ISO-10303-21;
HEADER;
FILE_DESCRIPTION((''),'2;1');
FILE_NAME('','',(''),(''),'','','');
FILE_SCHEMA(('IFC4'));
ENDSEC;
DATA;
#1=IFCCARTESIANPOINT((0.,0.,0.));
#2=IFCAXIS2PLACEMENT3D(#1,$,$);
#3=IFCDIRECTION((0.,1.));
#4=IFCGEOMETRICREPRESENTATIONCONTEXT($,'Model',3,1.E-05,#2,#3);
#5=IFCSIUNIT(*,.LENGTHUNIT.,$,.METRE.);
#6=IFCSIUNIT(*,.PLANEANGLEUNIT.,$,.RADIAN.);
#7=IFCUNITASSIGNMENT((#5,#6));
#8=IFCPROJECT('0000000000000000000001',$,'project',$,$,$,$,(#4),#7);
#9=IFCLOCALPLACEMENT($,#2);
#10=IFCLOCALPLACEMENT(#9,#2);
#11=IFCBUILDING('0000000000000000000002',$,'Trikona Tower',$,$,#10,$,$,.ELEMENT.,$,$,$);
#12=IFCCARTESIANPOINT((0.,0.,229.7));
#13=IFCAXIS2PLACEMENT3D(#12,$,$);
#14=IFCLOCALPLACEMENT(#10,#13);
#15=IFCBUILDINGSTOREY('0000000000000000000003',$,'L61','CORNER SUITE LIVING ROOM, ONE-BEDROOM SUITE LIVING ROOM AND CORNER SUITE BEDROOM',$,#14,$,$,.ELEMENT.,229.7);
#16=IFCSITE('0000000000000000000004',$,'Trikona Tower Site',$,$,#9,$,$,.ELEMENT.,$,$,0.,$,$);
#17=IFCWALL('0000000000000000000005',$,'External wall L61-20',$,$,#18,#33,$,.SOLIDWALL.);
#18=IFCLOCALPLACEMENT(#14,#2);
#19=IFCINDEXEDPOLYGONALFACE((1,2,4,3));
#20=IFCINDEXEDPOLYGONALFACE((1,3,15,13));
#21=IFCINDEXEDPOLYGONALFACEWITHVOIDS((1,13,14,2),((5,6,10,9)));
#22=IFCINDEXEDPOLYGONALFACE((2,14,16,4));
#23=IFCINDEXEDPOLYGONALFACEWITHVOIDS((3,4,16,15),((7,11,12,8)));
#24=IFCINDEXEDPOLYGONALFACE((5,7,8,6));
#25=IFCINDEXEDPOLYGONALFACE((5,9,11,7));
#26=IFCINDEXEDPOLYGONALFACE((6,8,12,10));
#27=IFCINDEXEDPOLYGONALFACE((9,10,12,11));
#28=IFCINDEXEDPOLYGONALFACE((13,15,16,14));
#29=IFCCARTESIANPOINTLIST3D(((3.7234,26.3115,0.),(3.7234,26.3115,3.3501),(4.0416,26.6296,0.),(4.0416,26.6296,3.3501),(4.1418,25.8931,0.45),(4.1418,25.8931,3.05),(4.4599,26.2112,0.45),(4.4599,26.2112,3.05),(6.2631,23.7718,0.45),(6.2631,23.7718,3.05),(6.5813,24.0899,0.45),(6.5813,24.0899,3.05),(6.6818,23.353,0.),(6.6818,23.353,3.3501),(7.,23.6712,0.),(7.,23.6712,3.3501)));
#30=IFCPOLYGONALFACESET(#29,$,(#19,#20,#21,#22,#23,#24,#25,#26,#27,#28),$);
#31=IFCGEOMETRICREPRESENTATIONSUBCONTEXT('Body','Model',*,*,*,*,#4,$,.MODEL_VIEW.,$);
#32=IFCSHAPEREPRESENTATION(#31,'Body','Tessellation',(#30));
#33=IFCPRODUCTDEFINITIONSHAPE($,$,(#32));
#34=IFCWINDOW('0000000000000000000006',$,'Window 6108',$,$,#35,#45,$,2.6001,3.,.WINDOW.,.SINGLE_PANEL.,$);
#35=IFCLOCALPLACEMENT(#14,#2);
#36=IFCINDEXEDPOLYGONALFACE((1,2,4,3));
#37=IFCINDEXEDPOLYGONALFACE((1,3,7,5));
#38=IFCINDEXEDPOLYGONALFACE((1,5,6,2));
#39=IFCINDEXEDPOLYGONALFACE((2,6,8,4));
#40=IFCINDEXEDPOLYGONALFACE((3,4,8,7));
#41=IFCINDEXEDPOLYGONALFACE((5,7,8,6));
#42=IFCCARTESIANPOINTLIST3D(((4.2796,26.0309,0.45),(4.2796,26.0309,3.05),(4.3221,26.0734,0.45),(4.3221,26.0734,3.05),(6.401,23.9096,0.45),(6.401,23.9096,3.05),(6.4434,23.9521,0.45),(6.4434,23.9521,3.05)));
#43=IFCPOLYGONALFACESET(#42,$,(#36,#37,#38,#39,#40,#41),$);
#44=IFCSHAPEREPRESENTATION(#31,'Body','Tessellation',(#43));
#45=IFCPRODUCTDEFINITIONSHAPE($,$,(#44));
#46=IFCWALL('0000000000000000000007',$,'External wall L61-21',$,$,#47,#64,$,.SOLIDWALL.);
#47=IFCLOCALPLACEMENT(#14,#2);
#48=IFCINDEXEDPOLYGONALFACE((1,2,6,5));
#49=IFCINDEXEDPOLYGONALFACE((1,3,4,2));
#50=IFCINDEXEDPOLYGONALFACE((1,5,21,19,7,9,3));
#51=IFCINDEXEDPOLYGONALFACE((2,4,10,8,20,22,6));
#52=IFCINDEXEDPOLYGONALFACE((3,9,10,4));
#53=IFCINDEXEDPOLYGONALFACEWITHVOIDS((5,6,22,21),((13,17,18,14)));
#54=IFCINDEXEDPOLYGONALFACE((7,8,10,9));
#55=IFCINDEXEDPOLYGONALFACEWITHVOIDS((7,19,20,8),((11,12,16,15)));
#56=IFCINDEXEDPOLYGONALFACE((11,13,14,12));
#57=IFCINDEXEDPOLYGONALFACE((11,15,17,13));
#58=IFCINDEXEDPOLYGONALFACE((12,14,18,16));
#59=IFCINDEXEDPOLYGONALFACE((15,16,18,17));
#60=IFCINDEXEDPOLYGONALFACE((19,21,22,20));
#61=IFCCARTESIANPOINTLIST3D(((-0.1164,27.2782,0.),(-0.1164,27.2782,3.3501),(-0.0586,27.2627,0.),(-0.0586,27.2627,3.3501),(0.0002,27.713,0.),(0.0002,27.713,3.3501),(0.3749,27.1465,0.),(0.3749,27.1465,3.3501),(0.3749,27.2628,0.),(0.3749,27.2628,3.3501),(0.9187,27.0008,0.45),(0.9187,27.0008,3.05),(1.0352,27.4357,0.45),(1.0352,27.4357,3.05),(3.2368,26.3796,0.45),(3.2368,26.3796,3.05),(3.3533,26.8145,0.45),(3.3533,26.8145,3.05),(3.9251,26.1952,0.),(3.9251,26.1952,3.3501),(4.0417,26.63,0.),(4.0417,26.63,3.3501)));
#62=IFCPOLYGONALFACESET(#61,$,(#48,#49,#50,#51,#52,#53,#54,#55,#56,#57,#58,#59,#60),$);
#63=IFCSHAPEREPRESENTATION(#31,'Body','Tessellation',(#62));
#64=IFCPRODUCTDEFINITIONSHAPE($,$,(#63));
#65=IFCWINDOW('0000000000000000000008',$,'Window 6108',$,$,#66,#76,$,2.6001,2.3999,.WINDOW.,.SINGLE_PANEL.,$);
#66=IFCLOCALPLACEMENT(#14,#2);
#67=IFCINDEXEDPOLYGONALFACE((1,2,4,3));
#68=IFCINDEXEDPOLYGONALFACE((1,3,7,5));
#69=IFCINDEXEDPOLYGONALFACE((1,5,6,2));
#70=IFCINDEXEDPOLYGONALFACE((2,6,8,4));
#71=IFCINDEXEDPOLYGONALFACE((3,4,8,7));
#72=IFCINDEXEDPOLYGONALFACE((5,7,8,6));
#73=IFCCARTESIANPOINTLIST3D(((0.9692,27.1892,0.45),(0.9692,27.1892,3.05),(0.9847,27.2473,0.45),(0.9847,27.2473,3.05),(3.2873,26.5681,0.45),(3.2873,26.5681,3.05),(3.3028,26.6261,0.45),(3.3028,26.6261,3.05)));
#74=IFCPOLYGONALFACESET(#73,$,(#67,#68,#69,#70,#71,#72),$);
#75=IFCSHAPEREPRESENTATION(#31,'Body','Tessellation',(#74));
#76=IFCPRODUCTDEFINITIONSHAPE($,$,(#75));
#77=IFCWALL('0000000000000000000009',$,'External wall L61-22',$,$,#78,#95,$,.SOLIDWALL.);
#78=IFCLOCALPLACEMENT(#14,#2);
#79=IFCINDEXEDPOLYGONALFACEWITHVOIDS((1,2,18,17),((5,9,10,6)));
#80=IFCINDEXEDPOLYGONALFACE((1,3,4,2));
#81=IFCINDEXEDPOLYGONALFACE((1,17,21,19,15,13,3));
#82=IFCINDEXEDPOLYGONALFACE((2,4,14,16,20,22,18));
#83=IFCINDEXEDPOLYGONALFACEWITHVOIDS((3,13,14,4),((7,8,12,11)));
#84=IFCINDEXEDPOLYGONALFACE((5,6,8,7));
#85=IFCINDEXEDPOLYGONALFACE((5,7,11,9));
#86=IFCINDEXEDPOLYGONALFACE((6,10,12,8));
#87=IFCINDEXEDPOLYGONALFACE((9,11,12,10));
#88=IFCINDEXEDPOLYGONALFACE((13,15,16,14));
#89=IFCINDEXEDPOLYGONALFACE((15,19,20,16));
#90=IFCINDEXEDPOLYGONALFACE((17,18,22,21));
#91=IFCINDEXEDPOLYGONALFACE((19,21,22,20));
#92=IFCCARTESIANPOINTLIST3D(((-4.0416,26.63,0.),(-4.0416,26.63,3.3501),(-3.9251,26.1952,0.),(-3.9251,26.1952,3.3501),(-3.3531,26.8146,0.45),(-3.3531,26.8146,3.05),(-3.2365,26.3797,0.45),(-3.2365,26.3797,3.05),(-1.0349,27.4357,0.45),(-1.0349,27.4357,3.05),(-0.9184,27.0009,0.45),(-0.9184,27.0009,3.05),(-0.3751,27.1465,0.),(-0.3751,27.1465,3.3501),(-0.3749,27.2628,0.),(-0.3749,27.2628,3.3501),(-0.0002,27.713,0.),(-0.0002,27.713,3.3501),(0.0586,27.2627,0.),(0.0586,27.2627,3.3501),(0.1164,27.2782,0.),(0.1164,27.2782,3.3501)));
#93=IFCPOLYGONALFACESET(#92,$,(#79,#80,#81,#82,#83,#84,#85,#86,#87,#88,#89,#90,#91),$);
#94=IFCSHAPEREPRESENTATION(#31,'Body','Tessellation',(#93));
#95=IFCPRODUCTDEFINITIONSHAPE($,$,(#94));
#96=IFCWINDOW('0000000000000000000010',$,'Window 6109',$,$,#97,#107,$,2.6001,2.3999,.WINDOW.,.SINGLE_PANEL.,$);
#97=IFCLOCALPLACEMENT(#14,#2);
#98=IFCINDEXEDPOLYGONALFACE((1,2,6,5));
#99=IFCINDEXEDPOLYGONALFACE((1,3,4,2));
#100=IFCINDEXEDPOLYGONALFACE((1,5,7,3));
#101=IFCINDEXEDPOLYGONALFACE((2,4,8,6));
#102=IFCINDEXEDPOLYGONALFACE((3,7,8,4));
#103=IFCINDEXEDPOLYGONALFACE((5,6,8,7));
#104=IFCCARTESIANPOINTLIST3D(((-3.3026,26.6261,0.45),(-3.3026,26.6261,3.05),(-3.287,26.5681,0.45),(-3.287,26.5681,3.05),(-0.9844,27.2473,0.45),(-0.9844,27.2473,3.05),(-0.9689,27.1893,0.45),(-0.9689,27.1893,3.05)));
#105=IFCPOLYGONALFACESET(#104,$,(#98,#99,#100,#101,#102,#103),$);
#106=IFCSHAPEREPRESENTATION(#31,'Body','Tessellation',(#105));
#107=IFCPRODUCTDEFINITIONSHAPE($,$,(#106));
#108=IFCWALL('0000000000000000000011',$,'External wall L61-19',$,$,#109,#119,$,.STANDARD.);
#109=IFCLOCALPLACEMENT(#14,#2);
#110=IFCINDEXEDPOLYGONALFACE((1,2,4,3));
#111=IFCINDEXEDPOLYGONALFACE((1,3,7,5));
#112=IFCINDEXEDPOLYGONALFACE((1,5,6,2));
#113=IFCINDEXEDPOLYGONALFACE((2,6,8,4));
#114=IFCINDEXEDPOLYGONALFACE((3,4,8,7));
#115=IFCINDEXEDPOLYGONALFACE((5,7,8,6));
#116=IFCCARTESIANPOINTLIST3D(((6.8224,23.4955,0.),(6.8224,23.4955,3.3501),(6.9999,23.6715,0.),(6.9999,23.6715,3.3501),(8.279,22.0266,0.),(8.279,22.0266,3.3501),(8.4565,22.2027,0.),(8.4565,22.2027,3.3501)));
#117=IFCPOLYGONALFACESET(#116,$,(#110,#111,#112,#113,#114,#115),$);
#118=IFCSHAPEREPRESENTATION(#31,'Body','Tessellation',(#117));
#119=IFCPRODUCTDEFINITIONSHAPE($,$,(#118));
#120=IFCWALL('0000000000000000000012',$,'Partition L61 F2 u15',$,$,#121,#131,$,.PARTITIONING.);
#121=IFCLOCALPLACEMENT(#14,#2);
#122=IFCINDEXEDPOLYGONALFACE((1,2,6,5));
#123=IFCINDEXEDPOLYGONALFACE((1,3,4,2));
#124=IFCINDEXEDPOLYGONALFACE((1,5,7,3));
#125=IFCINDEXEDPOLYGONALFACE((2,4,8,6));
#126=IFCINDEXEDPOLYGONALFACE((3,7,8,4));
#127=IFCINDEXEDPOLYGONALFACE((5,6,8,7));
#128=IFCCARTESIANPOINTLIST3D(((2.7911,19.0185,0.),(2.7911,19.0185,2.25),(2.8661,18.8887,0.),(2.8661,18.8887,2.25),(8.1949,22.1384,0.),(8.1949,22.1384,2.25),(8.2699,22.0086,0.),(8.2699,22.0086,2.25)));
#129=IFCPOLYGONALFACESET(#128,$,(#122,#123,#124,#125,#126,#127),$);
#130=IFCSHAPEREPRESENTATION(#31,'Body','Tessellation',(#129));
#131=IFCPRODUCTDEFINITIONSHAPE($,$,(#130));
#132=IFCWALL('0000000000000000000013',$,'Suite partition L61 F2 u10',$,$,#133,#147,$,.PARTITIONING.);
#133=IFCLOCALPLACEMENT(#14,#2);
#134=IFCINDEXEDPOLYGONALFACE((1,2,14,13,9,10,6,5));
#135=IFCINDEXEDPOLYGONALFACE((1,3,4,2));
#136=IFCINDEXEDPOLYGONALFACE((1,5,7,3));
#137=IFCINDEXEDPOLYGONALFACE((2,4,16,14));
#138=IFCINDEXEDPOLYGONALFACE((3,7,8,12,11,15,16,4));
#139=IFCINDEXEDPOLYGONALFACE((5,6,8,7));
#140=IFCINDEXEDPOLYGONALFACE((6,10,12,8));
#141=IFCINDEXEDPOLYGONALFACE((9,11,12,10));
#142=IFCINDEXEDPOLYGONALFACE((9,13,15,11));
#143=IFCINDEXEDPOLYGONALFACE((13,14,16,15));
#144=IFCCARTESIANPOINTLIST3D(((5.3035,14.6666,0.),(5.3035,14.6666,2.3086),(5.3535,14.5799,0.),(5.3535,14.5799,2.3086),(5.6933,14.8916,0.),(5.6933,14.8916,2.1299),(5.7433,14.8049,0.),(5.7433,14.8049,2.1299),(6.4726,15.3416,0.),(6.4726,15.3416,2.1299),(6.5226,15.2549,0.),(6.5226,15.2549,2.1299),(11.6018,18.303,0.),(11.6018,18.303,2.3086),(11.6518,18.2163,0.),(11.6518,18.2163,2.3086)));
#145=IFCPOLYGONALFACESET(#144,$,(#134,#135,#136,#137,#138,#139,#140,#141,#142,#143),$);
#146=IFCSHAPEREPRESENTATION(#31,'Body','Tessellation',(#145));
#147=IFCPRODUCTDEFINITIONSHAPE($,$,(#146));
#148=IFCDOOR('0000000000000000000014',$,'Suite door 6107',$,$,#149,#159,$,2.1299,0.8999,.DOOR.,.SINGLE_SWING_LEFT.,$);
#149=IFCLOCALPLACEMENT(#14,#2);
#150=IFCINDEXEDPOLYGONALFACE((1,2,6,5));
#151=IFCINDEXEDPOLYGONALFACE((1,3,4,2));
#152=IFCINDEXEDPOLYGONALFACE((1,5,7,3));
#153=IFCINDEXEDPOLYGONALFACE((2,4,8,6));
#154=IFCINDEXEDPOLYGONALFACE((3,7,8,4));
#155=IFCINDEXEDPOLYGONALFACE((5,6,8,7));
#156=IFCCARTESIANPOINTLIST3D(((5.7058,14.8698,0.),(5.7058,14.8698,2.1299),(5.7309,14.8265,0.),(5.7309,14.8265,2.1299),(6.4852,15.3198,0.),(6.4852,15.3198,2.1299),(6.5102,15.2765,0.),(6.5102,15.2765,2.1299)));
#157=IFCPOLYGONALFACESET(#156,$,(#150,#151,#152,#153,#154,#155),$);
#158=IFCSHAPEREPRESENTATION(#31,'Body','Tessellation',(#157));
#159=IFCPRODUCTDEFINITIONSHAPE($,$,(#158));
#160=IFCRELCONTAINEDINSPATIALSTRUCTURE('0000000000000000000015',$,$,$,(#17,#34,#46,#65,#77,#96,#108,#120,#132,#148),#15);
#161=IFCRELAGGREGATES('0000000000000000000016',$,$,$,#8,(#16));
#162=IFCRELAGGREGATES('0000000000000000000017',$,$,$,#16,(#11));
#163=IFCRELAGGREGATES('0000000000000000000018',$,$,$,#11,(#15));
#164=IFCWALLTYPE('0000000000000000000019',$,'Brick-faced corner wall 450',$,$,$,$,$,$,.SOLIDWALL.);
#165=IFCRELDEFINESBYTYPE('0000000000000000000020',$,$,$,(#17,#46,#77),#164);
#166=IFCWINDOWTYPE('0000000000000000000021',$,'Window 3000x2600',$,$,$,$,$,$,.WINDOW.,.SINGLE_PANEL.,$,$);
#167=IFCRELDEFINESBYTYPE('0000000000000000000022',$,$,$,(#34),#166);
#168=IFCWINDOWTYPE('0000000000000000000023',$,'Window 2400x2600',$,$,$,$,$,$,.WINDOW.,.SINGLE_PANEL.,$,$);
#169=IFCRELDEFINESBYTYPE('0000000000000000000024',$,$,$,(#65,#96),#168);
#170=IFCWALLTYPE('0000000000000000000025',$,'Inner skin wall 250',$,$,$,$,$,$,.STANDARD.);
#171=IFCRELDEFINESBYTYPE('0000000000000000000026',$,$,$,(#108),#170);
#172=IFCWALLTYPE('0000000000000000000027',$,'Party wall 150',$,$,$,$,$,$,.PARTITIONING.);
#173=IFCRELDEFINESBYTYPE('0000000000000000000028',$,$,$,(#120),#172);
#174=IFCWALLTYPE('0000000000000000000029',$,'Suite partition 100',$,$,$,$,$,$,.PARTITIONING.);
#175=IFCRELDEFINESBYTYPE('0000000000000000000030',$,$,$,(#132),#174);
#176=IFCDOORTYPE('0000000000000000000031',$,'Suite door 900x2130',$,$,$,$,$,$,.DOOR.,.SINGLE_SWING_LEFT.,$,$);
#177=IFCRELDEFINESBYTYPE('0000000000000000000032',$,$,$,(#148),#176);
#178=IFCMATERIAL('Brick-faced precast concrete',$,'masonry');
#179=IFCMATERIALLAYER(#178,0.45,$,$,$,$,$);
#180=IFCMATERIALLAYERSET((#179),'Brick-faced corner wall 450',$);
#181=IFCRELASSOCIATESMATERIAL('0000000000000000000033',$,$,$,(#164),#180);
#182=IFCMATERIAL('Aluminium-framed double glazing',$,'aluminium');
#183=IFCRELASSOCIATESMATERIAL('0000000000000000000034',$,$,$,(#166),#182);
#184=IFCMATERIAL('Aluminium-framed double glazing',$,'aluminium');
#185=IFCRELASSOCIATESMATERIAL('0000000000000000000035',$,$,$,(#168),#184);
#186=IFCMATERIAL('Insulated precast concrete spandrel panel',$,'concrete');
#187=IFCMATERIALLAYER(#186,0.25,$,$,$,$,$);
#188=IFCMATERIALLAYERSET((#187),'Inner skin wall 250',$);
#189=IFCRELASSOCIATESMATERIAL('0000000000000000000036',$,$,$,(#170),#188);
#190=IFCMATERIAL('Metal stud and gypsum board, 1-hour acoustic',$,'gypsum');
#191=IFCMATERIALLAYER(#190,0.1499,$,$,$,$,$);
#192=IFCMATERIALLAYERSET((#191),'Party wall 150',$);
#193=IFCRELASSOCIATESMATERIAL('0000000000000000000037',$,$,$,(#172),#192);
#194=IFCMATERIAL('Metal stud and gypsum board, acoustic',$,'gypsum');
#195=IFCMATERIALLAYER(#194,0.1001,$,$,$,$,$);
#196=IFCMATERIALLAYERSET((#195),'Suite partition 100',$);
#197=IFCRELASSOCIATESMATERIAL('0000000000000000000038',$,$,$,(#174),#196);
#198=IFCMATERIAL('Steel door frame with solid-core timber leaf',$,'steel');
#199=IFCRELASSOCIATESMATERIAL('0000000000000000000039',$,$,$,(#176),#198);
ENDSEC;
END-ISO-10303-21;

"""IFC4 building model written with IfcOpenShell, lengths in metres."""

from ifc_helpers import new_model, si_unit, direction, frame, frame_2d, origin, place, context, subcontext, project, spatial, polyline, rectangle, outline, extrude, material, layer, layer_set, type_object, element, fill, save


model = new_model("IFC4")

# Units and contexts
model_context = context("Model", 3, precision=1e-05, world=origin(), true_north=direction((0.0, 1.0)))
body_context = subcontext(model_context, "Body", "Model", "MODEL_VIEW")
ifc_project = project(units=[si_unit("LENGTHUNIT", "METRE"), si_unit("PLANEANGLEUNIT", "RADIAN")], contexts=[model_context])

# Site, building, storey
site_placement = place(None, origin())
site = spatial("IfcSite", under=ifc_project, at=site_placement, Name="Trikona Tower Site", CompositionType="ELEMENT", RefElevation=0.0)
building_placement = place(site_placement, origin())
building = spatial("IfcBuilding", under=site, at=building_placement, Name="Trikona Tower", CompositionType="ELEMENT")
storey_placement = place(building_placement, frame((0.0, 0.0, 229.7)))
storey = spatial("IfcBuildingStorey", under=building, at=storey_placement, Name="L61", Description="CORNER SUITE LIVING ROOM, ONE-BEDROOM SUITE LIVING ROOM AND CORNER SUITE BEDROOM", CompositionType="ELEMENT", Elevation=229.7)

# Walls, openings, windows
ifc_material_1 = material(Name="Brick-faced precast concrete", Category="masonry")
ifc_layer_1 = layer(ifc_material_1, 0.45)
ifc_layer_set_1 = layer_set([ifc_layer_1], Name="Brick-faced corner wall 450")
wall_type_1 = type_object("IfcWallType", Name="Brick-faced corner wall 450", PredefinedType="SOLIDWALL", material=ifc_layer_set_1)
wall_1_placement = place(storey_placement, frame((6.8408, 23.5122, 0.0), z_axis=(0.0, 0.0, 1.0), x_axis=(-0.707107, 0.707107, 0.0)))
wall_1 = element("IfcWall", 1, at=wall_1_placement, inside=storey, type_object=wall_type_1, Name="External wall L61-20", PredefinedType="SOLIDWALL", context=body_context, shape_type="SweptSolid", body=[
    extrude(rectangle(XDim=4.1838, YDim=0.45, at=frame_2d((2.0918, 0.0))), origin(), (0.0, 0.0, 1.0), 3.3501),
])
opening_1_placement = place(wall_1_placement, frame((0.592, 0.0, 0.45)))
opening_1 = element("IfcOpeningElement", 2, at=opening_1_placement, cuts=wall_1, PredefinedType="OPENING", context=body_context, shape_type="SweptSolid", body=[
    extrude(rectangle(XDim=3.0, YDim=2.6001, at=frame_2d((1.5, 1.3))), frame((0.0, 0.2349, 0.0), z_axis=(0.0, -1.0, 0.0), x_axis=(1.0, 0.0, 0.0)), (0.0, 0.0, 1.0), 0.47),
])
ifc_material_2 = material(Name="Aluminium-framed double glazing", Category="aluminium")
window_type_1 = type_object("IfcWindowType", Name="Window 3000x2600", PartitioningType="SINGLE_PANEL", PredefinedType="WINDOW", material=ifc_material_2)
window_1_placement = place(opening_1_placement, origin())
window_1 = element("IfcWindow", 3, at=window_1_placement, inside=storey, type_object=window_type_1, Name="Window 6108", OverallHeight=2.6001, OverallWidth=3.0, PartitioningType="SINGLE_PANEL", PredefinedType="WINDOW", context=body_context, shape_type="SweptSolid", body=[
    extrude(rectangle(XDim=3.0, YDim=2.6001, at=frame_2d((1.5, 1.3))), frame((0.0, 0.03, 0.0), z_axis=(0.0, -1.0, 0.0), x_axis=(1.0, 0.0, 0.0)), (0.0, 0.0, 1.0), 0.0601),
])
fill(opening_1, window_1)
wall_2_placement = place(storey_placement, frame((3.9834, 26.4126, 0.0), z_axis=(0.0, 0.0, 1.0), x_axis=(-0.96592, 0.258839, 0.0)))
wall_2 = element("IfcWall", 4, at=wall_2_placement, inside=storey, type_object=wall_type_1, Name="External wall L61-21", PredefinedType="SOLIDWALL", context=body_context, shape_type="SweptSolid", body=[
    extrude(outline(polyline([(4.1841, 0.2251), (4.1243, 0.2251), (3.7056, 0.1128), (3.6755, 0.2251), (0.0, 0.2251), (0.0, -0.2251), (4.1841, -0.2251), (4.1841, 0.2251)])), origin(), (0.0, 0.0, 1.0), 3.3501),
])
opening_2_placement = place(wall_2_placement, frame((0.7126, 0.0, 0.45)))
opening_2 = element("IfcOpeningElement", 5, at=opening_2_placement, cuts=wall_2, PredefinedType="OPENING", context=body_context, shape_type="SweptSolid", body=[
    extrude(rectangle(XDim=2.3999, YDim=2.6001, at=frame_2d((1.2, 1.3))), frame((0.0, 0.2349, 0.0), z_axis=(0.0, -1.0, 0.0), x_axis=(1.0, 0.0, 0.0)), (0.0, 0.0, 1.0), 0.47),
])
ifc_material_3 = material(Name="Aluminium-framed double glazing", Category="aluminium")
window_type_2 = type_object("IfcWindowType", Name="Window 2400x2600", PartitioningType="SINGLE_PANEL", PredefinedType="WINDOW", material=ifc_material_3)
window_2_placement = place(opening_2_placement, origin())
window_2 = element("IfcWindow", 6, at=window_2_placement, inside=storey, type_object=window_type_2, Name="Window 6108", OverallHeight=2.6001, OverallWidth=2.3999, PartitioningType="SINGLE_PANEL", PredefinedType="WINDOW", context=body_context, shape_type="SweptSolid", body=[
    extrude(rectangle(XDim=2.3999, YDim=2.6001, at=frame_2d((1.2, 1.3))), frame((0.0, 0.03, 0.0), z_axis=(0.0, -1.0, 0.0), x_axis=(1.0, 0.0, 0.0)), (0.0, 0.0, 1.0), 0.0601),
])
fill(opening_2, window_2)
wall_3_placement = place(storey_placement, frame((0.0581, 27.4956, 0.0), z_axis=(0.0, 0.0, 1.0), x_axis=(-0.96592, -0.258839, 0.0)))
wall_3 = element("IfcWall", 7, at=wall_3_placement, inside=storey, type_object=wall_type_1, Name="External wall L61-22", PredefinedType="SOLIDWALL", context=body_context, shape_type="SweptSolid", body=[
    extrude(outline(polyline([(4.1841, 0.2251), (0.5088, 0.2251), (0.4785, 0.1128), (0.0598, 0.2251), (0.0, 0.2251), (0.0, -0.2251), (4.1841, -0.2251), (4.1841, 0.2251)])), origin(), (0.0, 0.0, 1.0), 3.3501),
])
opening_3_placement = place(wall_3_placement, frame((1.0713, 0.0, 0.45)))
opening_3 = element("IfcOpeningElement", 8, at=opening_3_placement, cuts=wall_3, PredefinedType="OPENING", context=body_context, shape_type="SweptSolid", body=[
    extrude(rectangle(XDim=2.3999, YDim=2.6001, at=frame_2d((1.2, 1.3))), frame((0.0, 0.2349, 0.0), z_axis=(0.0, -1.0, 0.0), x_axis=(1.0, 0.0, 0.0)), (0.0, 0.0, 1.0), 0.47),
])
window_3_placement = place(opening_3_placement, origin())
window_3 = element("IfcWindow", 9, at=window_3_placement, inside=storey, type_object=window_type_2, Name="Window 6109", OverallHeight=2.6001, OverallWidth=2.3999, PartitioningType="SINGLE_PANEL", PredefinedType="WINDOW", context=body_context, shape_type="SweptSolid", body=[
    extrude(rectangle(XDim=2.3999, YDim=2.6001, at=frame_2d((1.2, 1.3))), frame((0.0, 0.03, 0.0), z_axis=(0.0, -1.0, 0.0), x_axis=(1.0, 0.0, 0.0)), (0.0, 0.0, 1.0), 0.0601),
])
fill(opening_3, window_3)

# Walls
ifc_material_4 = material(Name="Insulated precast concrete spandrel panel", Category="concrete")
ifc_layer_2 = layer(ifc_material_4, 0.25)
ifc_layer_set_2 = layer_set([ifc_layer_2], Name="Inner skin wall 250")
wall_type_2 = type_object("IfcWallType", Name="Inner skin wall 250", PredefinedType="STANDARD", material=ifc_layer_set_2)
wall_4_placement = place(storey_placement, frame((8.3677, 22.1147, 0.0), z_axis=(0.0, 0.0, 1.0), x_axis=(-0.70415, 0.710051, 0.0)))
element("IfcWall", 10, at=wall_4_placement, inside=storey, type_object=wall_type_2, Name="External wall L61-19", PredefinedType="STANDARD", context=body_context, shape_type="SweptSolid", body=[
    extrude(rectangle(XDim=2.0686, YDim=0.25, at=frame_2d((1.0342, 0.0))), origin(), (0.0, 0.0, 1.0), 3.3501),
])
ifc_material_5 = material(Name="Metal stud and gypsum board, 1-hour acoustic", Category="gypsum")
ifc_layer_3 = layer(ifc_material_5, 0.1499)
ifc_layer_set_3 = layer_set([ifc_layer_3], Name="Party wall 150")
wall_type_3 = type_object("IfcWallType", Name="Party wall 150", PredefinedType="PARTITIONING", material=ifc_layer_set_3)
wall_5_placement = place(storey_placement, frame((2.8286, 18.9536, 0.0), z_axis=(0.0, 0.0, 1.0), x_axis=(0.866027, 0.499998, 0.0)))
element("IfcWall", 11, at=wall_5_placement, inside=storey, type_object=wall_type_3, Name="Partition L61 F2 u15", PredefinedType="PARTITIONING", context=body_context, shape_type="SweptSolid", body=[
    extrude(rectangle(XDim=6.2397, YDim=0.1499, at=frame_2d((3.1199, 0.0))), origin(), (0.0, 0.0, 1.0), 2.25),
])

# Wall, opening, door
ifc_material_6 = material(Name="Metal stud and gypsum board, acoustic", Category="gypsum")
ifc_layer_4 = layer(ifc_material_6, 0.1001)
ifc_layer_set_4 = layer_set([ifc_layer_4], Name="Suite partition 100")
wall_type_4 = type_object("IfcWallType", Name="Suite partition 100", PredefinedType="PARTITIONING", material=ifc_layer_set_4)
wall_6_placement = place(storey_placement, frame((5.3286, 14.6233, 0.0), z_axis=(0.0, 0.0, 1.0), x_axis=(0.866018, 0.500013, 0.0)))
wall_6 = element("IfcWall", 12, at=wall_6_placement, inside=storey, type_object=wall_type_4, Name="Suite partition L61 F2 u10", PredefinedType="PARTITIONING", context=body_context, shape_type="SweptSolid", body=[
    extrude(rectangle(XDim=7.2727, YDim=0.1001, at=frame_2d((3.6362, 0.0))), origin(), (0.0, 0.0, 1.0), 2.3086),
])
opening_4_placement = place(wall_6_placement, frame((0.45, 0.0, 0.0)))
opening_4 = element("IfcOpeningElement", 13, at=opening_4_placement, cuts=wall_6, PredefinedType="OPENING", context=body_context, shape_type="SweptSolid", body=[
    extrude(rectangle(XDim=0.8999, YDim=2.1299, at=frame_2d((0.45, 1.0649))), frame((0.0, 0.0601, 0.0), z_axis=(0.0, -1.0, 0.0), x_axis=(1.0, 0.0, 0.0)), (0.0, 0.0, 1.0), 0.1201),
])
ifc_material_7 = material(Name="Steel door frame with solid-core timber leaf", Category="steel")
door_type_1 = type_object("IfcDoorType", Name="Suite door 900x2130", OperationType="SINGLE_SWING_LEFT", PredefinedType="DOOR", material=ifc_material_7)
door_1_placement = place(opening_4_placement, origin())
door_1 = element("IfcDoor", 14, at=door_1_placement, inside=storey, type_object=door_type_1, Name="Suite door 6107", OperationType="SINGLE_SWING_LEFT", OverallHeight=2.1299, OverallWidth=0.8999, PredefinedType="DOOR", context=body_context, shape_type="SweptSolid", body=[
    extrude(rectangle(XDim=0.8999, YDim=2.1299, at=frame_2d((0.45, 1.0649))), frame((0.0, 0.0249, 0.0), z_axis=(0.0, -1.0, 0.0), x_axis=(1.0, 0.0, 0.0)), (0.0, 0.0, 1.0), 0.05),
])
fill(opening_4, door_1)

save(model, "model.ifc")
